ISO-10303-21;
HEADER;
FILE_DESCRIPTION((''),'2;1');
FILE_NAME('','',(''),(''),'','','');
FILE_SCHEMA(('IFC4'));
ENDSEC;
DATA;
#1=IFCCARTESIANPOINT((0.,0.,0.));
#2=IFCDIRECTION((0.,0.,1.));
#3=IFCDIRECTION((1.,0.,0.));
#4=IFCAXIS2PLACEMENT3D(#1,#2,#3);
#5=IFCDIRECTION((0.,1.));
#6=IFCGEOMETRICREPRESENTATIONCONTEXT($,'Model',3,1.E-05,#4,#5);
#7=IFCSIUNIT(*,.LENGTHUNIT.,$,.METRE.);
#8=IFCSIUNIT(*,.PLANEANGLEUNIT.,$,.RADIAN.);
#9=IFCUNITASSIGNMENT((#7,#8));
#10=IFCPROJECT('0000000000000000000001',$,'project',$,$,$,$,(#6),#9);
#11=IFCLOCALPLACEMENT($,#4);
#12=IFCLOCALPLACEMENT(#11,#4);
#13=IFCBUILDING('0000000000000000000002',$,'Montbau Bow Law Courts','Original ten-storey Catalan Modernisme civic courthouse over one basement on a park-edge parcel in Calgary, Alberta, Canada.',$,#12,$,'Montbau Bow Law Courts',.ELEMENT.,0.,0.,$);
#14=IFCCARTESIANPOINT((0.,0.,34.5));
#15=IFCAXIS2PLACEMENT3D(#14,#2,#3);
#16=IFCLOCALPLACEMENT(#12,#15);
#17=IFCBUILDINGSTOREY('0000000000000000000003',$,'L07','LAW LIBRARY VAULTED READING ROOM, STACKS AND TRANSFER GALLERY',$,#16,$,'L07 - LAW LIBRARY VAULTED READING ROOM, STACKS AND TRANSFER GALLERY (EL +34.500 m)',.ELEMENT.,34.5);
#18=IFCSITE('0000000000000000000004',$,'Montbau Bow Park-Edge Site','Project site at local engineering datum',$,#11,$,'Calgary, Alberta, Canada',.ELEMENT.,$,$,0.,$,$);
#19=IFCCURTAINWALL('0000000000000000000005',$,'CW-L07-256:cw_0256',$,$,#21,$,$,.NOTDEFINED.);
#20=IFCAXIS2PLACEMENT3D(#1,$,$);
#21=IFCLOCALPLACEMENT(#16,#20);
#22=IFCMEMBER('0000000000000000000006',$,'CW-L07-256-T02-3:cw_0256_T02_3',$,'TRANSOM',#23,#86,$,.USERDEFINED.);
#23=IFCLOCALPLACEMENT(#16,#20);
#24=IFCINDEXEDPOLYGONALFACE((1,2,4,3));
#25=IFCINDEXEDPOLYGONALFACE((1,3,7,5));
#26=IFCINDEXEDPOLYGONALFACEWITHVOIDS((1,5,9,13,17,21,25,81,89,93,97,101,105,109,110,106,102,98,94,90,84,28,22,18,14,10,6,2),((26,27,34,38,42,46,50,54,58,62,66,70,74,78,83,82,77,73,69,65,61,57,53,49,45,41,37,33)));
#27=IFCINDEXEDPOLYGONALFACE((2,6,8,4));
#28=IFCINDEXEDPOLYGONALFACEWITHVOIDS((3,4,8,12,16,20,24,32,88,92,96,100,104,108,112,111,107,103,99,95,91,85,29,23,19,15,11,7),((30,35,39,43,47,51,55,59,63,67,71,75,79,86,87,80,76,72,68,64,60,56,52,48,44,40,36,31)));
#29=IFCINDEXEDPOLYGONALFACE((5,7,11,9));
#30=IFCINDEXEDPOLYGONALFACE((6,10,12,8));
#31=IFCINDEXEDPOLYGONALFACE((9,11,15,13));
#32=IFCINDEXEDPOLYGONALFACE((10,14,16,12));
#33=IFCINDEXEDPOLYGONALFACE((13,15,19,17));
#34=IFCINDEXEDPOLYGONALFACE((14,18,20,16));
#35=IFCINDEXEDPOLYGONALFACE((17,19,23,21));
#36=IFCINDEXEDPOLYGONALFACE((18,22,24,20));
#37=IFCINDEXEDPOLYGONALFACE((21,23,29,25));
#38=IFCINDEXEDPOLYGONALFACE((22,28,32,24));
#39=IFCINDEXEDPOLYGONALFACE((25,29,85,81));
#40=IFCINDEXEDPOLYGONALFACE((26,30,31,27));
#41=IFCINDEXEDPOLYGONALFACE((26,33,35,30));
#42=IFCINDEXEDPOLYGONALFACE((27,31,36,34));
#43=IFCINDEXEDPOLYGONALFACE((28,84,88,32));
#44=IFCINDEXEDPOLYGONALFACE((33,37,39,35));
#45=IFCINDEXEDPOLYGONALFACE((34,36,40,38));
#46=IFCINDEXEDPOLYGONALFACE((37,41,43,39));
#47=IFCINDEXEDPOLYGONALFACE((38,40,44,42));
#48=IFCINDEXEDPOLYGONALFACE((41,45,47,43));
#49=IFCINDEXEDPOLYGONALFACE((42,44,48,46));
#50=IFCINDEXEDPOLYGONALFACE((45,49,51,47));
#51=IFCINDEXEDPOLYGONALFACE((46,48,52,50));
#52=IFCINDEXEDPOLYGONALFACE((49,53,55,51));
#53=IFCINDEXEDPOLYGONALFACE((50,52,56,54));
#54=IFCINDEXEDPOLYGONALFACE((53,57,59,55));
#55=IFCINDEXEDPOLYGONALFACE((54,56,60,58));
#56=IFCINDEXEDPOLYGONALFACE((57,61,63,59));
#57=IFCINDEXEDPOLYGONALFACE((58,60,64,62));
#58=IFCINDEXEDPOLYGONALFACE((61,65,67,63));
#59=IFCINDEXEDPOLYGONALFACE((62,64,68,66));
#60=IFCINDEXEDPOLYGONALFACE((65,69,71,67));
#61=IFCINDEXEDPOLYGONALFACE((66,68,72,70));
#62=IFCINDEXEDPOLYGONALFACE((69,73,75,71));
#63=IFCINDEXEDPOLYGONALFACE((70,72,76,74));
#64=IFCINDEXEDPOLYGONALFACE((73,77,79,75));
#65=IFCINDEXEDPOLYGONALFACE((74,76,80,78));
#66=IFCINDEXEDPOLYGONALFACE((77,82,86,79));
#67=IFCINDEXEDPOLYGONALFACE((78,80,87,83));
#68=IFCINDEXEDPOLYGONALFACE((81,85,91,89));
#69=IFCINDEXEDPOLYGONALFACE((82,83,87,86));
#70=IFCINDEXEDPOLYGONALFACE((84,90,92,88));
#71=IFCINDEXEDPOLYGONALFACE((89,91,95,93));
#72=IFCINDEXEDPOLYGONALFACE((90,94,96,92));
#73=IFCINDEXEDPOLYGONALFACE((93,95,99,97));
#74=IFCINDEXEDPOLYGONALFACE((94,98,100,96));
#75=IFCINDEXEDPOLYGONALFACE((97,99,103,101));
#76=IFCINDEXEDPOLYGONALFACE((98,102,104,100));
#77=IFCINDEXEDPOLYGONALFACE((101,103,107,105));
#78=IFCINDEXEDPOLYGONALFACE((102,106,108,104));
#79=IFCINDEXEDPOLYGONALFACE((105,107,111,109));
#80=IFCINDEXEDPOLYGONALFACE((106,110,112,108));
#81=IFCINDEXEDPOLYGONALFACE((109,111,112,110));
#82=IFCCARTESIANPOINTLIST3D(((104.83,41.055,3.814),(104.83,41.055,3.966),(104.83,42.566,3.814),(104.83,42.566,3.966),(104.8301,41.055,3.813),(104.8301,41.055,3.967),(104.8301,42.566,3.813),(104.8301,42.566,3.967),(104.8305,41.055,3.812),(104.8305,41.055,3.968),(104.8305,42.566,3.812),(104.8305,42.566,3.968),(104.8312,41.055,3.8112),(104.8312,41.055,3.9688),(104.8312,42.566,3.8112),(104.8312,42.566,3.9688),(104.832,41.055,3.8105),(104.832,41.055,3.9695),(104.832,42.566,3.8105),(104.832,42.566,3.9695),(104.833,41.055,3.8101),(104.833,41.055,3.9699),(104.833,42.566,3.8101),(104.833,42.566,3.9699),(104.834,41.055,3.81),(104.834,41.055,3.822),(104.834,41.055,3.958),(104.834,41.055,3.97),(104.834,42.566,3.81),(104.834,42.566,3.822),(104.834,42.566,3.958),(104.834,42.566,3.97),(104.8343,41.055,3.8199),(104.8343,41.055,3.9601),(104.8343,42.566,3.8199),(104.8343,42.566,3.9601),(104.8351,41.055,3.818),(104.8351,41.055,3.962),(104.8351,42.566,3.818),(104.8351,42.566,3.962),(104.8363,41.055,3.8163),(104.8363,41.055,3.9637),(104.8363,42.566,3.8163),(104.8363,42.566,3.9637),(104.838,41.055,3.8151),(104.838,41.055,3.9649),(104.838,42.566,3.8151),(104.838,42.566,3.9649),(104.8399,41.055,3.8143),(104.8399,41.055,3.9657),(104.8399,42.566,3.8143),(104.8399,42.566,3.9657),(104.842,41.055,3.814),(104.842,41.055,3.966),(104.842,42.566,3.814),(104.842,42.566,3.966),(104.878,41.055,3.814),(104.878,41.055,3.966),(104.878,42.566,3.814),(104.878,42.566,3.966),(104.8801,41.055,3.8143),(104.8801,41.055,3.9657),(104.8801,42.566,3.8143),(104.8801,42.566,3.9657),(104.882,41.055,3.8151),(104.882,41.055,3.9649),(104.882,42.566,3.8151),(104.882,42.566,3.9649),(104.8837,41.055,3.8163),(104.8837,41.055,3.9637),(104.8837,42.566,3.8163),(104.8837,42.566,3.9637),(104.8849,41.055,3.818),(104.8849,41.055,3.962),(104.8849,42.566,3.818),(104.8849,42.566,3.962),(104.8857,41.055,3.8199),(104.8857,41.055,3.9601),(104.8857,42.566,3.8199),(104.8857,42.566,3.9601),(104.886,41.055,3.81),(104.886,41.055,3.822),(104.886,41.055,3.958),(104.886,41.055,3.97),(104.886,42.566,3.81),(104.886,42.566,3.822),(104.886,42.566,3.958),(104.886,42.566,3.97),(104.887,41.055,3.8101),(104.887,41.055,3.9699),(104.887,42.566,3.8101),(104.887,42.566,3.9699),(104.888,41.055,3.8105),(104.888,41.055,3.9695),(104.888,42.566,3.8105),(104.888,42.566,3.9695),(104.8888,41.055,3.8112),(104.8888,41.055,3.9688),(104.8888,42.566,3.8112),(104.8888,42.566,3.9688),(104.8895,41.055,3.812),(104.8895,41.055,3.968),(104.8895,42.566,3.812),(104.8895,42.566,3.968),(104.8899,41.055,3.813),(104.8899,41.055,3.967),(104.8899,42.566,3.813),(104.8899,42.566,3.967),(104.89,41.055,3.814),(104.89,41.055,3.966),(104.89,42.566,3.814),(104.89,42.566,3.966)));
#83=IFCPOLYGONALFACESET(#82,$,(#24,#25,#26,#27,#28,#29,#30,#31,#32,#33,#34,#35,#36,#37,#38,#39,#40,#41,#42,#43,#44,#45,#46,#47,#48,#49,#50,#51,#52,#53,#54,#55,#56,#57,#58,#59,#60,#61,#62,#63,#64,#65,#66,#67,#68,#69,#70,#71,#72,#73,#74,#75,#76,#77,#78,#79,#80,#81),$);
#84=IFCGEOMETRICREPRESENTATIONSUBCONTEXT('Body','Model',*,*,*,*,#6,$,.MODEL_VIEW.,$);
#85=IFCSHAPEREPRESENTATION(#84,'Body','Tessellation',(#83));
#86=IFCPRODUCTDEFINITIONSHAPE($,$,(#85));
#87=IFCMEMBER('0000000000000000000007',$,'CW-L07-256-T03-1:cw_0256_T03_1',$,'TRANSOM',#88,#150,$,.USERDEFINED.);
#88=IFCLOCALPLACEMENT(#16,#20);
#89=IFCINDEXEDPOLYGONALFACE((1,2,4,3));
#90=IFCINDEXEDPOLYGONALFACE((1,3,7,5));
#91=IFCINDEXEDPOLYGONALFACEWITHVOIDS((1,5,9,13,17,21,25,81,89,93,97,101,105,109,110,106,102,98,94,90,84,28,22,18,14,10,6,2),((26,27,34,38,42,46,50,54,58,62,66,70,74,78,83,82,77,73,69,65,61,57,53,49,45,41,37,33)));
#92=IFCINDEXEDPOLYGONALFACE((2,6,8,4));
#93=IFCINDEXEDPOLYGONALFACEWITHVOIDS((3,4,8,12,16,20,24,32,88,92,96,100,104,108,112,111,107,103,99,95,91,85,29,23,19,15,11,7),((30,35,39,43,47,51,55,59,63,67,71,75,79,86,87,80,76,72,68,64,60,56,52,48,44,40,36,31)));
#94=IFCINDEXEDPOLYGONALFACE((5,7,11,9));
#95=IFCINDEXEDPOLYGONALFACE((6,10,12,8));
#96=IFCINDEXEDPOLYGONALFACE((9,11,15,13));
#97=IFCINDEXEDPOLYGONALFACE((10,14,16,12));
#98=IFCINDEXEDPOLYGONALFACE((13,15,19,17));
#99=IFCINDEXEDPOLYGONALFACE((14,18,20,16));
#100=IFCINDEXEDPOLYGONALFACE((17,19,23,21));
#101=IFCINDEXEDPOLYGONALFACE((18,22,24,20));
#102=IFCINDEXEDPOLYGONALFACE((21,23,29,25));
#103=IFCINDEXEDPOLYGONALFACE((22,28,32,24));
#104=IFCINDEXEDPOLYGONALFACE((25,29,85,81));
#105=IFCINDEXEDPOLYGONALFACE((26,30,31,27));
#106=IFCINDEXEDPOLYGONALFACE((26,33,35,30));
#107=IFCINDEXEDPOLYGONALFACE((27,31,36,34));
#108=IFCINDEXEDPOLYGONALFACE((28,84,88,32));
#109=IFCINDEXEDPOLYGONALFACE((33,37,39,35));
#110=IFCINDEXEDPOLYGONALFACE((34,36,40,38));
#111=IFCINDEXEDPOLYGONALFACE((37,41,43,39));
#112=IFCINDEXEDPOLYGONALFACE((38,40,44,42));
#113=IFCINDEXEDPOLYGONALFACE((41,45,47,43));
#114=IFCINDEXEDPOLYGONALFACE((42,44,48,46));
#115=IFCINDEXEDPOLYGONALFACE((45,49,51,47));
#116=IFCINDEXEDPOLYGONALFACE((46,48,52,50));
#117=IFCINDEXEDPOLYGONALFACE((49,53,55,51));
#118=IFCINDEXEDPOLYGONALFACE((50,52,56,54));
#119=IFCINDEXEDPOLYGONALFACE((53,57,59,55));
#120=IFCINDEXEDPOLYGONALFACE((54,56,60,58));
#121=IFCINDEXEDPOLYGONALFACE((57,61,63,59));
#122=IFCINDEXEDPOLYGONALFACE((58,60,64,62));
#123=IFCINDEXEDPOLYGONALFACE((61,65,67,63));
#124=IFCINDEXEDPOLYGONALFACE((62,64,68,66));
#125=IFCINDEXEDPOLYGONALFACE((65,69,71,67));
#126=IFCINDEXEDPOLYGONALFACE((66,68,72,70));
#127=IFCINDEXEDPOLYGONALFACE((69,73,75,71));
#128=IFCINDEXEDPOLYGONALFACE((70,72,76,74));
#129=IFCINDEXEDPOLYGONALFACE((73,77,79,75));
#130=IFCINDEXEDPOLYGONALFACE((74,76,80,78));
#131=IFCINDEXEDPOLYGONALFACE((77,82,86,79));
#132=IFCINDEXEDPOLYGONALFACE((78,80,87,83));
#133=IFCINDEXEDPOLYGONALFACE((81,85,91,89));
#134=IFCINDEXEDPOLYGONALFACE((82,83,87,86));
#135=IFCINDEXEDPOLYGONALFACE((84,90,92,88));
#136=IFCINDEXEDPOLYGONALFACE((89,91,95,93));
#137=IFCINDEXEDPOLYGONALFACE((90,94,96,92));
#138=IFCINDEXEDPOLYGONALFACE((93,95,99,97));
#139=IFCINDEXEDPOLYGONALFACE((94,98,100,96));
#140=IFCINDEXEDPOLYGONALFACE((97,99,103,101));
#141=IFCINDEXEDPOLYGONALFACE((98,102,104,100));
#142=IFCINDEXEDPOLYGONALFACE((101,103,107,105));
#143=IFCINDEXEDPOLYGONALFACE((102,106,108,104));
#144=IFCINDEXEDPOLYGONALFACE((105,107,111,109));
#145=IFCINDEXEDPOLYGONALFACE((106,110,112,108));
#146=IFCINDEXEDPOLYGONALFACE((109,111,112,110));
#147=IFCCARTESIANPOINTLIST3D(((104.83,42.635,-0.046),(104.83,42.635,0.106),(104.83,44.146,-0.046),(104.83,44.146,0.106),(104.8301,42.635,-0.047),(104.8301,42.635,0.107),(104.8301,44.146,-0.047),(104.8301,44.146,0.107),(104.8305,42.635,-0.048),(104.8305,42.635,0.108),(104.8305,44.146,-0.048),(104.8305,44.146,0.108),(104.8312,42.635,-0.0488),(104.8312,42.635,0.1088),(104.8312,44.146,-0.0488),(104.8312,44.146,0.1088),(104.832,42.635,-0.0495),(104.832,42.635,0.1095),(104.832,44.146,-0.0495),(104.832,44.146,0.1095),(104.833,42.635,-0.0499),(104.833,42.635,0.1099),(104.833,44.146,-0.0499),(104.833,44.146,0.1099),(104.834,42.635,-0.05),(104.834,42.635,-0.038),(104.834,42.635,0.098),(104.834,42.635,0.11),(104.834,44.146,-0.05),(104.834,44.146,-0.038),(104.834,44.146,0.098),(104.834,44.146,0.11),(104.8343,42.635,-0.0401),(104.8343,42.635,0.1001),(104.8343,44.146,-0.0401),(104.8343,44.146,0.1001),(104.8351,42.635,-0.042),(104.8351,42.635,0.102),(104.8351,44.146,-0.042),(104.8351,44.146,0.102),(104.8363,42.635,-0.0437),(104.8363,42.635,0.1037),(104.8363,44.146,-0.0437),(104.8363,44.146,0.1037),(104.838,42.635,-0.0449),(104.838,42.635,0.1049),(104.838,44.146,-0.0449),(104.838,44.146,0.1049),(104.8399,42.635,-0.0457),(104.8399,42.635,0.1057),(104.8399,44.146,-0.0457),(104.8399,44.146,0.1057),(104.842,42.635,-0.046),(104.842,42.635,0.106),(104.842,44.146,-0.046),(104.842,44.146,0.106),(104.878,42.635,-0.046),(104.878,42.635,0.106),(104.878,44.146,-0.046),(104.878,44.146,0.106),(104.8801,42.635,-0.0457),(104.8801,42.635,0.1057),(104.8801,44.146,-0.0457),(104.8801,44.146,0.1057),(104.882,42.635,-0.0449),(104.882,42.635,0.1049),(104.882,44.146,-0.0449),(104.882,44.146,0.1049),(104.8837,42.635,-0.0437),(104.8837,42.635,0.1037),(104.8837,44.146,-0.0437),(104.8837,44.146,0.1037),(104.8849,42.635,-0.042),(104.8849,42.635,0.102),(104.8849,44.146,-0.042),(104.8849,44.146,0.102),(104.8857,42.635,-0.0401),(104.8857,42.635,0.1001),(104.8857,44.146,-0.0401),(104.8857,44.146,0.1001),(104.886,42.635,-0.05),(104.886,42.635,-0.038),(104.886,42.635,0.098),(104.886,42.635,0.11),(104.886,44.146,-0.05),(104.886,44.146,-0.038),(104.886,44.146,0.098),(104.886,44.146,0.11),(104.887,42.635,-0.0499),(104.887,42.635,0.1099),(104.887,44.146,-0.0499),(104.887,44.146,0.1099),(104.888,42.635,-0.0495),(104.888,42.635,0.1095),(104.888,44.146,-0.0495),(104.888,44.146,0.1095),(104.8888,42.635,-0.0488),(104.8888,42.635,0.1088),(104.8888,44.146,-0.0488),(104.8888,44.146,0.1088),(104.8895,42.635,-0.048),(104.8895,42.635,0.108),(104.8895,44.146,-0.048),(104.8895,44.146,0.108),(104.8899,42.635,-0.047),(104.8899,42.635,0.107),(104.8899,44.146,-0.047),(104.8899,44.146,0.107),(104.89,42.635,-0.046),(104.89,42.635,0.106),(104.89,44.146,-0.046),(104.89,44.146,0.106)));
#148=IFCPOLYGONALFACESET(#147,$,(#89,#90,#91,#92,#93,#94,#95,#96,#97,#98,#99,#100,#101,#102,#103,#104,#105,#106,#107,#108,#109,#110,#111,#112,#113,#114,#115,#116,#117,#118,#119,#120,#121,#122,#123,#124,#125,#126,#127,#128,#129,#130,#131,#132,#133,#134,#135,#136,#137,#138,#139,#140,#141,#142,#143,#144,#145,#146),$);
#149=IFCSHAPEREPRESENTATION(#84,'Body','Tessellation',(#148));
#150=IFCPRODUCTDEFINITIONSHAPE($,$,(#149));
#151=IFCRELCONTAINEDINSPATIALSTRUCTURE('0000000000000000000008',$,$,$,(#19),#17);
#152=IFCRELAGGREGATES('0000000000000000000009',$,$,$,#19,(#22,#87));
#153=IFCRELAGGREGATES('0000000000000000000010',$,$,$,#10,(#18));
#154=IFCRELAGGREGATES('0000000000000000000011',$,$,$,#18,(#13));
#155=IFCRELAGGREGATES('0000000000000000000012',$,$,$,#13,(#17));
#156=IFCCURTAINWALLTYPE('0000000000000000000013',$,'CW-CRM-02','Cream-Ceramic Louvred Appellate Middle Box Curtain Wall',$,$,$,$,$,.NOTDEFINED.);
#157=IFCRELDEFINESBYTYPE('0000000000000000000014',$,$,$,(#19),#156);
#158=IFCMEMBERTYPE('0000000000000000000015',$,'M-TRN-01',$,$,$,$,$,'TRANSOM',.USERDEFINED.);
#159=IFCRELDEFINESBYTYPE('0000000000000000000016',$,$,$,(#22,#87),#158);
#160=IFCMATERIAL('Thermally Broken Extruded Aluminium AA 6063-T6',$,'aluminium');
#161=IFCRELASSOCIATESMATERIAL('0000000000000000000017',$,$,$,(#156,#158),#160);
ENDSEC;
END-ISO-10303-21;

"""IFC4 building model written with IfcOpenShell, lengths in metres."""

from ifc_helpers import new_model, si_unit, direction, frame, origin_with_axes, origin_2d_with_axis, place, context, subcontext, project, spatial, hollow_rectangle, extrude, material, material_profile, profile_set, type_object, element, aggregate, save


model = new_model("IFC4")

# Units and contexts
model_context = context("Model", 3, precision=1e-05, world=origin_with_axes(), true_north=direction((0.0, 1.0)))
body_context = subcontext(model_context, "Body", "Model", "MODEL_VIEW")
ifc_project = project(units=[si_unit("LENGTHUNIT", "METRE"), si_unit("PLANEANGLEUNIT", "RADIAN")], contexts=[model_context])

# Site, building, storey
site_placement = place(None, origin_with_axes())
site = spatial("IfcSite", under=ifc_project, at=site_placement, Name="Montbau Bow Park-Edge Site", Description="Project site at local engineering datum", LongName="Calgary, Alberta, Canada", CompositionType="ELEMENT", RefElevation=0.0)
building_placement = place(site_placement, origin_with_axes())
building = spatial("IfcBuilding", under=site, at=building_placement, Name="Montbau Bow Law Courts", Description="Original ten-storey Catalan Modernisme civic courthouse over one basement on a park-edge parcel in Calgary, Alberta, Canada.", LongName="Montbau Bow Law Courts", CompositionType="ELEMENT", ElevationOfRefHeight=0.0, ElevationOfTerrain=0.0)
storey_placement = place(building_placement, frame((0.0, 0.0, 34.5), z_axis=(0.0, 0.0, 1.0), x_axis=(1.0, 0.0, 0.0)))
storey = spatial("IfcBuildingStorey", under=building, at=storey_placement, Name="L07", Description="LAW LIBRARY VAULTED READING ROOM, STACKS AND TRANSFER GALLERY", LongName="L07 - LAW LIBRARY VAULTED READING ROOM, STACKS AND TRANSFER GALLERY (EL +34.500 m)", CompositionType="ELEMENT", Elevation=34.5)

# Curtain wall
ifc_material_1 = material(Name="Thermally Broken Extruded Aluminium AA 6063-T6", Category="aluminium")
curtain_wall_type = type_object("IfcCurtainWallType", Name="CW-CRM-02", Description="Cream-Ceramic Louvred Appellate Middle Box Curtain Wall", PredefinedType="NOTDEFINED", material=ifc_material_1)
curtain_wall_1_placement = place(None, frame((104.86, 39.44, 34.5), z_axis=(0.0, 0.0, 1.0), x_axis=(1.0, 0.0, 0.0)))
curtain_wall_1 = element("IfcCurtainWall", 1, at=curtain_wall_1_placement, inside=storey, type_object=curtain_wall_type, Name="CW-L07-256:cw_0256", PredefinedType="NOTDEFINED")

# Members
ifc_material_profile_1 = material_profile(ifc_material_1, hollow_rectangle(XDim=0.06, YDim=0.16, WallThickness=0.004, InnerFilletRadius=0.008, OuterFilletRadius=0.004, at=origin_2d_with_axis()), Name="CWT-160X60", Category="Main", Priority=0)
ifc_profile_set_1 = profile_set([ifc_material_profile_1], Name="Thermally Broken Extruded Aluminium AA 6063-T6")
member_type_1 = type_object("IfcMemberType", Name="M-TRN-01", ElementType="TRANSOM", PredefinedType="USERDEFINED", material=ifc_profile_set_1)
member_1_placement = place(None, frame((104.86, 41.055, 38.39), z_axis=(0.0, 1.0, 0.0), x_axis=(-1.0, 0.0, 0.0)))
member_1 = element("IfcMember", 2, at=member_1_placement, type_object=member_type_1, Name="CW-L07-256-T02-3:cw_0256_T02_3", ObjectType="TRANSOM", PredefinedType="USERDEFINED", context=body_context, shape_type="SweptSolid", body=[
    extrude(hollow_rectangle(XDim=0.06, YDim=0.16, WallThickness=0.004, InnerFilletRadius=0.008, OuterFilletRadius=0.004, at=origin_2d_with_axis()), origin_with_axes(), (0.0, 0.0, 1.0), 1.511),
])
member_2_placement = place(None, frame((104.86, 42.635, 34.53), z_axis=(0.0, 1.0, 0.0), x_axis=(-1.0, 0.0, 0.0)))
member_2 = element("IfcMember", 3, at=member_2_placement, type_object=member_type_1, Name="CW-L07-256-T03-1:cw_0256_T03_1", ObjectType="TRANSOM", PredefinedType="USERDEFINED", context=body_context, shape_type="SweptSolid", body=[
    extrude(hollow_rectangle(XDim=0.06, YDim=0.16, WallThickness=0.004, InnerFilletRadius=0.008, OuterFilletRadius=0.004, at=origin_2d_with_axis()), origin_with_axes(), (0.0, 0.0, 1.0), 1.511),
])

aggregate(curtain_wall_1, [member_1, member_2])

save(model, "model.ifc")
